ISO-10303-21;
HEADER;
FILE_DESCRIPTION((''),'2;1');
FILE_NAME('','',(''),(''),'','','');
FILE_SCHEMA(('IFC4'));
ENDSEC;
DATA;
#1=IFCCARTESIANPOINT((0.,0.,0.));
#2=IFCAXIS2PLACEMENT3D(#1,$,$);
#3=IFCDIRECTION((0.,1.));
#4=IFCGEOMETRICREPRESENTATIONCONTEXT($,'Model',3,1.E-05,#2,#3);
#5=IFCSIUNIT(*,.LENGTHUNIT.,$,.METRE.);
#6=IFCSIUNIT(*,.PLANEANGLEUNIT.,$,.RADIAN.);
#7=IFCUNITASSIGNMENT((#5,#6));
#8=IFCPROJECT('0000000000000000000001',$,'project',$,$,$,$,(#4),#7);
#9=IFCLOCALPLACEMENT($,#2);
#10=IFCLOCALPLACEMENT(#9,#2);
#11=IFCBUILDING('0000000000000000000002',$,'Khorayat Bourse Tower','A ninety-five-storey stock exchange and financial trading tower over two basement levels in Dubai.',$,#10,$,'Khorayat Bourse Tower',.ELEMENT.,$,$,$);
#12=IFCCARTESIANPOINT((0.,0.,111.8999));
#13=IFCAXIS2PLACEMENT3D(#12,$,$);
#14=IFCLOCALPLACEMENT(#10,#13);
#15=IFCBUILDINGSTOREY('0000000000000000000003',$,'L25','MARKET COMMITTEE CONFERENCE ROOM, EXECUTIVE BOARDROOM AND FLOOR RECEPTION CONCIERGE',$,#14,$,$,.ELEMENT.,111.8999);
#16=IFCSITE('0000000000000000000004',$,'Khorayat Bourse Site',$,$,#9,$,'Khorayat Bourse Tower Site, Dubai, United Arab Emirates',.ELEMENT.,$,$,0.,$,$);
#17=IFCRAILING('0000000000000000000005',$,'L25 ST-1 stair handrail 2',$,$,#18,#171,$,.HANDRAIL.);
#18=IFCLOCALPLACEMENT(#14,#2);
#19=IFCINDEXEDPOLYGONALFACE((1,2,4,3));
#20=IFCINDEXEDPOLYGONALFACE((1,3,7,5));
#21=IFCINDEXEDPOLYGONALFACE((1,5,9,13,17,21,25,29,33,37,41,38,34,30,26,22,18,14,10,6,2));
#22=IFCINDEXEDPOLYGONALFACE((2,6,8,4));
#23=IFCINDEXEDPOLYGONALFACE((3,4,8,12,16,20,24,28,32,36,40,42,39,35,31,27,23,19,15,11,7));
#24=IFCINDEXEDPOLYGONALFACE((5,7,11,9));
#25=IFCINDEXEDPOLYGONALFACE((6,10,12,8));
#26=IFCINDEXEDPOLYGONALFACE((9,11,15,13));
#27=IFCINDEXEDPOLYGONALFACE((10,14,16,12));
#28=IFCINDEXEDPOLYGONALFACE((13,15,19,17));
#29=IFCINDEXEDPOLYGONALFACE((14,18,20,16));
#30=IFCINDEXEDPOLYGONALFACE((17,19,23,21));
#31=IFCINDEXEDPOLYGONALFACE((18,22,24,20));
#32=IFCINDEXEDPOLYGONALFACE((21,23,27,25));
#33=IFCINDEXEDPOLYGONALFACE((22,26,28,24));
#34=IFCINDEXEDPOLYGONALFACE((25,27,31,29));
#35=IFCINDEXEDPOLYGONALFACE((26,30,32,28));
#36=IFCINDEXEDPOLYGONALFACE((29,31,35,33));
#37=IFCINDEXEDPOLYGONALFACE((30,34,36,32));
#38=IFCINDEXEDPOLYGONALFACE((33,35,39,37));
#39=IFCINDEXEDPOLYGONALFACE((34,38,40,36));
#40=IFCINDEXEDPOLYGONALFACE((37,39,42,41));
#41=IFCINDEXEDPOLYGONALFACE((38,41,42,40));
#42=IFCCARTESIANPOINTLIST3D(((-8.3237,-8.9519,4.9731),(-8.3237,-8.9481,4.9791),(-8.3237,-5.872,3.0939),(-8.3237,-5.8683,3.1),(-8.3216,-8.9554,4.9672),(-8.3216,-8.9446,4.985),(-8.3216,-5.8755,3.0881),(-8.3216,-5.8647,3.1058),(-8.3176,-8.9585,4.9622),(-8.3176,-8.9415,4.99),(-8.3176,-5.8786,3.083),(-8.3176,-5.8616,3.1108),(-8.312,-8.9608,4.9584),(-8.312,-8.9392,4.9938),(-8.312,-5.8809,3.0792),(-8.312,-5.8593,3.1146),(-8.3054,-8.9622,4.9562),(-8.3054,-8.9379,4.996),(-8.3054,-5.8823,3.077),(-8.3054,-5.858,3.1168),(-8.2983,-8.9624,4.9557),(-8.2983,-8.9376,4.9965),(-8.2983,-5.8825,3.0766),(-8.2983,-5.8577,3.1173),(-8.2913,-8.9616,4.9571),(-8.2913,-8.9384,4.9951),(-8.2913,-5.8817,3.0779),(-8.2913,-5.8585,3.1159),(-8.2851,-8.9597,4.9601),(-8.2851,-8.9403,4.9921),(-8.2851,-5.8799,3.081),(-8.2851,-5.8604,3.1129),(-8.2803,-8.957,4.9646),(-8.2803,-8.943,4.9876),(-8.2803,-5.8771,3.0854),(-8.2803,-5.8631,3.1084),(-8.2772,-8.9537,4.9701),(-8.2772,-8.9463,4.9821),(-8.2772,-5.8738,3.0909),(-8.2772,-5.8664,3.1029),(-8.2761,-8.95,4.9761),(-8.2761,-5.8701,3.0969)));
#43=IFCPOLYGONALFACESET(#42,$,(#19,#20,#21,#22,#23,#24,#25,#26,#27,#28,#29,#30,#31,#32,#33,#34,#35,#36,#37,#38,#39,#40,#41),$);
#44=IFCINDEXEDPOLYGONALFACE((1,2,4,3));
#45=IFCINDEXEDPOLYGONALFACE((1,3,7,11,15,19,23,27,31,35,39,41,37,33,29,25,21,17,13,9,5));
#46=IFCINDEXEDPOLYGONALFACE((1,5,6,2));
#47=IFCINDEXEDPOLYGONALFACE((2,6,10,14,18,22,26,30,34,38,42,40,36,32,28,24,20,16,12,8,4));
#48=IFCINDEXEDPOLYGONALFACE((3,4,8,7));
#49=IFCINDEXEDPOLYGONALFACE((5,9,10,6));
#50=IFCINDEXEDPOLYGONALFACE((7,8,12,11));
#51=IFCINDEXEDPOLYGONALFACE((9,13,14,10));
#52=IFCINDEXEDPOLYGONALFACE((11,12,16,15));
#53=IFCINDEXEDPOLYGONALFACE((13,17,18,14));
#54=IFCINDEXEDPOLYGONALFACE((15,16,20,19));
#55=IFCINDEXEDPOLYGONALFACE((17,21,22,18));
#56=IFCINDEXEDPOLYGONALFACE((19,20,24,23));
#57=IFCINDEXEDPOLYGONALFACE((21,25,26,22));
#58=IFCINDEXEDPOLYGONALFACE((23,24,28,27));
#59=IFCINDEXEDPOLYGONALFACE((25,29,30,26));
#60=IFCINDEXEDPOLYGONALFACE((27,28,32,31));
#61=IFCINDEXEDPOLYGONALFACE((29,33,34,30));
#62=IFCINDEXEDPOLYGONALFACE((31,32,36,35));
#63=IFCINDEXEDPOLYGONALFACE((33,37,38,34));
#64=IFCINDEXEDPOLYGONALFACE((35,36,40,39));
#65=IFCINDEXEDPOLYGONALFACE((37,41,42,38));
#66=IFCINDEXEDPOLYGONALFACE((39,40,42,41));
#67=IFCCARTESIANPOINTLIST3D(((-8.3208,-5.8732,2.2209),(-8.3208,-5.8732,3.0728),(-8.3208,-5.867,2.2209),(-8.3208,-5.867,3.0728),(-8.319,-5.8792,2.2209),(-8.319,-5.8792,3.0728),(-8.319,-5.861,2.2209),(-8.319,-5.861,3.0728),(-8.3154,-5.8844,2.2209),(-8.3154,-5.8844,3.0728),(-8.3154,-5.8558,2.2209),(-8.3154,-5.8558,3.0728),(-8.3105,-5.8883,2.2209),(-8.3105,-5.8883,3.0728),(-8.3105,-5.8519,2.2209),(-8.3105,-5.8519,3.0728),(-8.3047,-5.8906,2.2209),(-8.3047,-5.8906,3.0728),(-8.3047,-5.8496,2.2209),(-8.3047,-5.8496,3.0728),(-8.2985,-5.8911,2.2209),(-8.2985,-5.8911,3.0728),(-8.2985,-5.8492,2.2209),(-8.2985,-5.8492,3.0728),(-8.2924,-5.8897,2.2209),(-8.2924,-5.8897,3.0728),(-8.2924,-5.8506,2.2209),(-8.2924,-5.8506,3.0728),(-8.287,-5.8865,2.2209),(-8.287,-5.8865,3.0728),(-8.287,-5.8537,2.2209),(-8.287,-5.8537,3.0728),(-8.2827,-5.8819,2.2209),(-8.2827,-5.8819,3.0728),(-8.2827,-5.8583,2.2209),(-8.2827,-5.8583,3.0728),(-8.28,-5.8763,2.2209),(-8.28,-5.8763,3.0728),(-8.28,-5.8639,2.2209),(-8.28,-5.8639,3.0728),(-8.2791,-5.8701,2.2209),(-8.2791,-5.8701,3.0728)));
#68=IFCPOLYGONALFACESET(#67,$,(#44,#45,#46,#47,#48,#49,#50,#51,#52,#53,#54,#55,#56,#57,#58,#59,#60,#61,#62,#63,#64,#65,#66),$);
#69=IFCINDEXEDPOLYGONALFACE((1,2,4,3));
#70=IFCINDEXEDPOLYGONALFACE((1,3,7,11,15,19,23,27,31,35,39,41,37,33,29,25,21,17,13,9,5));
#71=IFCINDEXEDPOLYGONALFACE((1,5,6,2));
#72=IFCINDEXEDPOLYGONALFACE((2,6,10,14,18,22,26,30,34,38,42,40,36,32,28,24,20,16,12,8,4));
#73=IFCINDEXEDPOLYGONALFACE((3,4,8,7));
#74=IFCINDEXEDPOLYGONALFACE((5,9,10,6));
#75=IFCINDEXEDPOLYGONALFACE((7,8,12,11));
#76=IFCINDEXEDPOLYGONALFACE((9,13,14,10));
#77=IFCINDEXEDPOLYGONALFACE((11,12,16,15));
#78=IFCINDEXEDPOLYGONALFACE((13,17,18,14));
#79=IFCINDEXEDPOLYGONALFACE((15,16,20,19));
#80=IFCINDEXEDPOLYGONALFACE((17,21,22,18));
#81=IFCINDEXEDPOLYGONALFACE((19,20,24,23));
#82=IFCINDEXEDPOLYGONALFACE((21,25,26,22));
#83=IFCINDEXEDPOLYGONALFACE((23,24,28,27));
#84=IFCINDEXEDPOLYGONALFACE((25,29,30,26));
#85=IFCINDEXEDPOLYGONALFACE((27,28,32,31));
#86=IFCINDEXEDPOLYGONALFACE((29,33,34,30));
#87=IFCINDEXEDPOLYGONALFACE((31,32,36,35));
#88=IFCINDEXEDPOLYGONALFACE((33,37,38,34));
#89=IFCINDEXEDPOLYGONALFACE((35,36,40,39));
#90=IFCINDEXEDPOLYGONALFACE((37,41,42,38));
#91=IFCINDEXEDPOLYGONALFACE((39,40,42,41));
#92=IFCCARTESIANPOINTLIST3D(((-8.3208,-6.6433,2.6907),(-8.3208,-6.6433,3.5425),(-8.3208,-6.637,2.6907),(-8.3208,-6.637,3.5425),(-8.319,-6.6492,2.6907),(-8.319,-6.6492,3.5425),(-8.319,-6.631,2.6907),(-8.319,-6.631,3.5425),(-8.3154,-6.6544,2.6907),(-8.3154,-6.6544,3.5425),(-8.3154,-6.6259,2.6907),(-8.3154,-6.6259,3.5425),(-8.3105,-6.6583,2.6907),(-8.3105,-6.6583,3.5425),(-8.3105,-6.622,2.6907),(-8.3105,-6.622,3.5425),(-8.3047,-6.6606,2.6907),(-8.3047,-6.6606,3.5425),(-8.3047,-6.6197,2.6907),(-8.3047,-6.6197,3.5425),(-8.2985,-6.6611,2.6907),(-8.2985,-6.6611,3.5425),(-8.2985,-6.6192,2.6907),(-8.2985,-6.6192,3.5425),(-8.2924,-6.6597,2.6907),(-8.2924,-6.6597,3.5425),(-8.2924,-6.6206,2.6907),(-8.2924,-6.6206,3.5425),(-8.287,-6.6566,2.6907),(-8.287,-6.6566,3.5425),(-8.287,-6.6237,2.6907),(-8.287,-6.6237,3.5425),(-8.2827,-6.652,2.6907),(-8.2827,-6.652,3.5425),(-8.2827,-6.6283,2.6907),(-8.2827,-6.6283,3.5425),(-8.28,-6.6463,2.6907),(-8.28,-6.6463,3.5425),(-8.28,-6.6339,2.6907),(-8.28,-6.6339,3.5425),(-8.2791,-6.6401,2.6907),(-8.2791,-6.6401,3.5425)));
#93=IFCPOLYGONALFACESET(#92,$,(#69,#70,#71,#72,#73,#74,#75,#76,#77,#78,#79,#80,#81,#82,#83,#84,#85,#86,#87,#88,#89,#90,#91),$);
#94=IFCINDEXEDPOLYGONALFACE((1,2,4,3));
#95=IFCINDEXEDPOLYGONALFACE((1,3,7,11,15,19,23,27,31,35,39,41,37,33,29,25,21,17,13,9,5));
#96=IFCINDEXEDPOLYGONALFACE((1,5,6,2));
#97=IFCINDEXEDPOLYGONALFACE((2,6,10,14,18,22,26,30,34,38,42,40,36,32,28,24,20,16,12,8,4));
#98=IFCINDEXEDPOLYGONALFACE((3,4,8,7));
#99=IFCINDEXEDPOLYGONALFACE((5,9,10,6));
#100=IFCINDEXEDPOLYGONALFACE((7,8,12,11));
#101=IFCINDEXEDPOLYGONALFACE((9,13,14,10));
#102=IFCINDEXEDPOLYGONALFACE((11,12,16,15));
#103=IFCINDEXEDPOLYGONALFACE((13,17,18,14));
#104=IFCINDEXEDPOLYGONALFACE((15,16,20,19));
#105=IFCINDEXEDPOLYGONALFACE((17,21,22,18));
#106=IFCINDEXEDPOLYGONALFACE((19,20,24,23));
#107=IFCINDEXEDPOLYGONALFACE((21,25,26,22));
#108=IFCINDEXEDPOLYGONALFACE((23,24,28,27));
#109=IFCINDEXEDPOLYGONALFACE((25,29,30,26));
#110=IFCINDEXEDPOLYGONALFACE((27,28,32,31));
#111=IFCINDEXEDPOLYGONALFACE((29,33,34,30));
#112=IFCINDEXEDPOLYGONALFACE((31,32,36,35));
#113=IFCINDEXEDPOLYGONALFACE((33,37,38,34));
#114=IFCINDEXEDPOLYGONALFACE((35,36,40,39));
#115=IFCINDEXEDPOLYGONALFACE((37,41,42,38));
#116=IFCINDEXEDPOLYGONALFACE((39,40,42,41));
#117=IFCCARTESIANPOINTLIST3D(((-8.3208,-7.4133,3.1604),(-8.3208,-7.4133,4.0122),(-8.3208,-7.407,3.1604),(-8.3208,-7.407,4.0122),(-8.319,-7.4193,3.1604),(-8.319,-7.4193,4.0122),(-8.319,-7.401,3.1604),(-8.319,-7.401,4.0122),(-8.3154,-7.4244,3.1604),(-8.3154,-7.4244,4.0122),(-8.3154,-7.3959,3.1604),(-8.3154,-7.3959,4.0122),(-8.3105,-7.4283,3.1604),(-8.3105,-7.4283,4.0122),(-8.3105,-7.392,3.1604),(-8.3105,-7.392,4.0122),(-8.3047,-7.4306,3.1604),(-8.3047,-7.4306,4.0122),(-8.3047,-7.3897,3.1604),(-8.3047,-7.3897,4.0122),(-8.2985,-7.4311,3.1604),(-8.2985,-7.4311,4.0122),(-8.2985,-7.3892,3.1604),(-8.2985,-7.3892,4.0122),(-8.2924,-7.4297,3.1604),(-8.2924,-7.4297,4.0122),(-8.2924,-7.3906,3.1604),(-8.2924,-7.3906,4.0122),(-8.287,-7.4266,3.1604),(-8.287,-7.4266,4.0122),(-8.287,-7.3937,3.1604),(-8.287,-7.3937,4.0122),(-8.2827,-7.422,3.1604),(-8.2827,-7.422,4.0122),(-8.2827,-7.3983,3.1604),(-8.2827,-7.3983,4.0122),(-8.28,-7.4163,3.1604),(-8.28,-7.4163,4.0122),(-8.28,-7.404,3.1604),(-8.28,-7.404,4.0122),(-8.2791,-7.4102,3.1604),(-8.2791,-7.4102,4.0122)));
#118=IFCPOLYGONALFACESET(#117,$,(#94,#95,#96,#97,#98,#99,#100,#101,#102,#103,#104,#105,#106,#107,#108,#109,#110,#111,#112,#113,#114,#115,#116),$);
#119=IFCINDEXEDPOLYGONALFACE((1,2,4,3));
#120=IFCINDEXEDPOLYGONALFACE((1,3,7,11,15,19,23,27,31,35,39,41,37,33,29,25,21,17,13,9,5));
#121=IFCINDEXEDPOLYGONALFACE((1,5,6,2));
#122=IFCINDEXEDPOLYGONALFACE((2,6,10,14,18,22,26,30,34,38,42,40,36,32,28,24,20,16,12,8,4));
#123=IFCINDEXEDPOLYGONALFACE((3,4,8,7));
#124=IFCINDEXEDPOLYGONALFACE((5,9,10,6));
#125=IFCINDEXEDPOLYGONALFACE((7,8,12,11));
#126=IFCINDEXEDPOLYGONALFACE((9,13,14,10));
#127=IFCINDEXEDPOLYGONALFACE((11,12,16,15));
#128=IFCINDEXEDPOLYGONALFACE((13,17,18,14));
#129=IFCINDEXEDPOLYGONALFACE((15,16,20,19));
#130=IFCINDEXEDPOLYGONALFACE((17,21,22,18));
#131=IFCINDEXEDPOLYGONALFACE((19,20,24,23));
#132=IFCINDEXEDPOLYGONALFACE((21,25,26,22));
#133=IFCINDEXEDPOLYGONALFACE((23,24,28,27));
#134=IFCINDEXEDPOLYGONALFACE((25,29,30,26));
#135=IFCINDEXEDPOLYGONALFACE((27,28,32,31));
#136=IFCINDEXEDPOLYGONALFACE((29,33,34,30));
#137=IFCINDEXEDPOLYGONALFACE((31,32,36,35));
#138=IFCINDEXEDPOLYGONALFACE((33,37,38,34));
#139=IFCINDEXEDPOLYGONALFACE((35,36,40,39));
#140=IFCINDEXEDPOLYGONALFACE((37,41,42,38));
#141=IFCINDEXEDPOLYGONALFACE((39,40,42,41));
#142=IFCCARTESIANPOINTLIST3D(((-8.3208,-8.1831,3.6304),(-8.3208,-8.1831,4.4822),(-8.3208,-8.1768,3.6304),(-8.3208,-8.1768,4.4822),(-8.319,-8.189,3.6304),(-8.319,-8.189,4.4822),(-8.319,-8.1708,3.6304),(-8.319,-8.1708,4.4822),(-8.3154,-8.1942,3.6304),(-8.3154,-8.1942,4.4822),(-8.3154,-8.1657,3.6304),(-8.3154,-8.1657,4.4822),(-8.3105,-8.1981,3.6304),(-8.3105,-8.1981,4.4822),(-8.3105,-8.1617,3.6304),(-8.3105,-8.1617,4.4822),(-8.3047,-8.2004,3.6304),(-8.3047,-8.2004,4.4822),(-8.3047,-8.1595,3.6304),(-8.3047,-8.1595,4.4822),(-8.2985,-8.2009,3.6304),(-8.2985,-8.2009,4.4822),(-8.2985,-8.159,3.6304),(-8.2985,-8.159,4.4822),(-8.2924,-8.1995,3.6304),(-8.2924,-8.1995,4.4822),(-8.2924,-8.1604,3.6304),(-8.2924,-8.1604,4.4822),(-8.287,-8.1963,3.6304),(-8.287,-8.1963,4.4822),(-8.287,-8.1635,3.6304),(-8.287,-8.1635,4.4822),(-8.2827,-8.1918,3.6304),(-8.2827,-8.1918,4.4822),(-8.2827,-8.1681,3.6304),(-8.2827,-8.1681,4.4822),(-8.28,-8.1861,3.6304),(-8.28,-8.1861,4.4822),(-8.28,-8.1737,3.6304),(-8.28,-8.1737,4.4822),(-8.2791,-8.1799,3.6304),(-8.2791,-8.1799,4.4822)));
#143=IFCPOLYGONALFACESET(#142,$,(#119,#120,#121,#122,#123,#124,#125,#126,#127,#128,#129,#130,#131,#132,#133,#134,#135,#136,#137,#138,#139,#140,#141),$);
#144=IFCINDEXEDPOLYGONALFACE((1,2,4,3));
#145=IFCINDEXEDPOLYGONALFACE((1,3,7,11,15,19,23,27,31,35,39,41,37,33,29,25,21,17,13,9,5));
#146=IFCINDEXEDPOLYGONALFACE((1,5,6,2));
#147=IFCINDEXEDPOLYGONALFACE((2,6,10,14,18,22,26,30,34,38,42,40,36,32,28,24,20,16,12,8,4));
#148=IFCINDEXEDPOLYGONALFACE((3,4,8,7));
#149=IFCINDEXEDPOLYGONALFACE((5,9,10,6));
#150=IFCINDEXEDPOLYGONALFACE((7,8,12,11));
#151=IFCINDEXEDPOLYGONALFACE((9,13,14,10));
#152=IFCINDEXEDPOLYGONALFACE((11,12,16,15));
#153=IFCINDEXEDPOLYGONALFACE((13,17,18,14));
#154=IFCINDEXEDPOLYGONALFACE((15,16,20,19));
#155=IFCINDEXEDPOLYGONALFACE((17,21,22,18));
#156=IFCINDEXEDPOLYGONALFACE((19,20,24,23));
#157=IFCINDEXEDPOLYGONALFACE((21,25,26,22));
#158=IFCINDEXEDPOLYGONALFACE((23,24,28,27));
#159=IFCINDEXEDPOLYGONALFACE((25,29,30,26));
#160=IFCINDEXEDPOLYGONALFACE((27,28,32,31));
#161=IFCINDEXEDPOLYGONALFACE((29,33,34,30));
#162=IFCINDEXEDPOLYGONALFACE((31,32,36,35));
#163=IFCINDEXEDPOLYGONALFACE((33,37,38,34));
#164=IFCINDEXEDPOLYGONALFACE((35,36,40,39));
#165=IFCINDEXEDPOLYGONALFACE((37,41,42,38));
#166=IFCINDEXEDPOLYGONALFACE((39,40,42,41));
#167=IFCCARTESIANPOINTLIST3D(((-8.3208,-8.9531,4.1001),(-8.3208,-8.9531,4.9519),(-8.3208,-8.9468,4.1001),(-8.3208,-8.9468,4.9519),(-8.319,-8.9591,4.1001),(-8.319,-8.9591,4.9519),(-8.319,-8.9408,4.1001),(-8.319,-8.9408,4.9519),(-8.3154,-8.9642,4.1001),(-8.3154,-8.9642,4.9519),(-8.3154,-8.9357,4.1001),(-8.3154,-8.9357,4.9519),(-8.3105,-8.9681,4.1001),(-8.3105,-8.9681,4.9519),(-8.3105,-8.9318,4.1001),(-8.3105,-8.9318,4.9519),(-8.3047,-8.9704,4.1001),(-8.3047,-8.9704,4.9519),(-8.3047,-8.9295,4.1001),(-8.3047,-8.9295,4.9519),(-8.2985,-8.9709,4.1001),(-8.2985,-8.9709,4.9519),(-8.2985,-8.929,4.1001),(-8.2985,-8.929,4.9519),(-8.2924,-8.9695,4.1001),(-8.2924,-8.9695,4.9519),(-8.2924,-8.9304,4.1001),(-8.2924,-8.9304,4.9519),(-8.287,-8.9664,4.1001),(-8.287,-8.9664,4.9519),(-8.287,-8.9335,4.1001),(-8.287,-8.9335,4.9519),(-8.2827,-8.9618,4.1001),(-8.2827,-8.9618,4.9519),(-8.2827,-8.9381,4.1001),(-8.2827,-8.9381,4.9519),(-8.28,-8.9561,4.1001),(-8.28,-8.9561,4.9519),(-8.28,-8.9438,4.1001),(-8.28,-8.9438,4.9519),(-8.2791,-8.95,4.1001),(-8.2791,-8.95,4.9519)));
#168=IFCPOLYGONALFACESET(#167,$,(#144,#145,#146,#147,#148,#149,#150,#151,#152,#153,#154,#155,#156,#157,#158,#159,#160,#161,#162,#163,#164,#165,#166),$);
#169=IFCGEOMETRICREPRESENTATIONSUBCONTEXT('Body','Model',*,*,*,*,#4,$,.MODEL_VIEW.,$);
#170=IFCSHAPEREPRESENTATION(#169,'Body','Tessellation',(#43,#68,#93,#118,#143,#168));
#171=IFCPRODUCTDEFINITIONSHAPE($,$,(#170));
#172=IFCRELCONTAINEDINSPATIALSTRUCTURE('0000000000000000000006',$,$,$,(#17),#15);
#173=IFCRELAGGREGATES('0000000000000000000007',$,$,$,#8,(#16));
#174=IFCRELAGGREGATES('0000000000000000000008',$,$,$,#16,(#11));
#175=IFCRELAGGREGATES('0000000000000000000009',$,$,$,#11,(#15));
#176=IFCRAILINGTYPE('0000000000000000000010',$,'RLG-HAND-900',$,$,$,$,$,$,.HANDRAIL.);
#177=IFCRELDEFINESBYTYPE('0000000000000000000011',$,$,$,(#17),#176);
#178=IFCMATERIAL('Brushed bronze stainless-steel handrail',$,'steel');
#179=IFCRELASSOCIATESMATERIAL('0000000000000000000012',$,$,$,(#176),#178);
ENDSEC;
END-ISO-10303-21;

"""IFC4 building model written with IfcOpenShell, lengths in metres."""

from ifc_helpers import new_model, si_unit, direction, frame, origin, origin_2d, place, context, subcontext, project, spatial, circle, extrude, source, transform, mapped, material, type_object, element, save


model = new_model("IFC4")

# Units and contexts
model_context = context("Model", 3, precision=1e-05, world=origin(), true_north=direction((0.0, 1.0)))
body_context = subcontext(model_context, "Body", "Model", "MODEL_VIEW")
ifc_project = project(units=[si_unit("LENGTHUNIT", "METRE"), si_unit("PLANEANGLEUNIT", "RADIAN")], contexts=[model_context])

# Site, building, storey
site_placement = place(None, origin())
site = spatial("IfcSite", under=ifc_project, at=site_placement, Name="Khorayat Bourse Site", LongName="Khorayat Bourse Tower Site, Dubai, United Arab Emirates", CompositionType="ELEMENT", RefElevation=0.0)
building_placement = place(site_placement, origin())
building = spatial("IfcBuilding", under=site, at=building_placement, Name="Khorayat Bourse Tower", Description="A ninety-five-storey stock exchange and financial trading tower over two basement levels in Dubai.", LongName="Khorayat Bourse Tower", CompositionType="ELEMENT")
storey_placement = place(building_placement, frame((0.0, 0.0, 111.8999)))
storey = spatial("IfcBuildingStorey", under=building, at=storey_placement, Name="L25", Description="MARKET COMMITTEE CONFERENCE ROOM, EXECUTIVE BOARDROOM AND FLOOR RECEPTION CONCIERGE", CompositionType="ELEMENT", Elevation=111.8999)

# Railing
ifc_material_1 = material(Name="Brushed bronze stainless-steel handrail", Category="steel")
railing_type_1 = type_object("IfcRailingType", Name="RLG-HAND-900", PredefinedType="HANDRAIL", material=ifc_material_1)
shared_shape_1 = source(origin(), body_context, "Body", "SweptSolid", [
    extrude(circle(Radius=0.0239, at=origin_2d()), frame((0.0, 0.0, 0.876), z_axis=(0.0, -0.853648, 0.52085), x_axis=(1.0, 0.0, 0.0)), (0.0, 0.0, 1.0), 3.6079),
    extrude(circle(Radius=0.021, at=origin_2d()), origin(), (0.0, 0.0, 1.0), 0.8518),
    extrude(circle(Radius=0.021, at=origin_2d()), frame((0.0, -0.77, 0.4697)), (0.0, 0.0, 1.0), 0.8518),
    extrude(circle(Radius=0.021, at=origin_2d()), frame((0.0, -1.54, 0.9395)), (0.0, 0.0, 1.0), 0.8518),
    extrude(circle(Radius=0.021, at=origin_2d()), frame((0.0, -2.3098, 1.4094)), (0.0, 0.0, 1.0), 0.8518),
    extrude(circle(Radius=0.021, at=origin_2d()), frame((0.0, -3.0798, 1.8792)), (0.0, 0.0, 1.0), 0.8518),
])
railing_1_placement = place(storey_placement, frame((-8.3, -5.8701, 2.2209)))
element("IfcRailing", 1, at=railing_1_placement, inside=storey, type_object=railing_type_1, Name="L25 ST-1 stair handrail 2", PredefinedType="HANDRAIL", context=body_context, shape_type="MappedRepresentation", body=[
    mapped(shared_shape_1, transform((0.0, 0.0, 0.0), scale=1.0)),
])

save(model, "model.ifc")
